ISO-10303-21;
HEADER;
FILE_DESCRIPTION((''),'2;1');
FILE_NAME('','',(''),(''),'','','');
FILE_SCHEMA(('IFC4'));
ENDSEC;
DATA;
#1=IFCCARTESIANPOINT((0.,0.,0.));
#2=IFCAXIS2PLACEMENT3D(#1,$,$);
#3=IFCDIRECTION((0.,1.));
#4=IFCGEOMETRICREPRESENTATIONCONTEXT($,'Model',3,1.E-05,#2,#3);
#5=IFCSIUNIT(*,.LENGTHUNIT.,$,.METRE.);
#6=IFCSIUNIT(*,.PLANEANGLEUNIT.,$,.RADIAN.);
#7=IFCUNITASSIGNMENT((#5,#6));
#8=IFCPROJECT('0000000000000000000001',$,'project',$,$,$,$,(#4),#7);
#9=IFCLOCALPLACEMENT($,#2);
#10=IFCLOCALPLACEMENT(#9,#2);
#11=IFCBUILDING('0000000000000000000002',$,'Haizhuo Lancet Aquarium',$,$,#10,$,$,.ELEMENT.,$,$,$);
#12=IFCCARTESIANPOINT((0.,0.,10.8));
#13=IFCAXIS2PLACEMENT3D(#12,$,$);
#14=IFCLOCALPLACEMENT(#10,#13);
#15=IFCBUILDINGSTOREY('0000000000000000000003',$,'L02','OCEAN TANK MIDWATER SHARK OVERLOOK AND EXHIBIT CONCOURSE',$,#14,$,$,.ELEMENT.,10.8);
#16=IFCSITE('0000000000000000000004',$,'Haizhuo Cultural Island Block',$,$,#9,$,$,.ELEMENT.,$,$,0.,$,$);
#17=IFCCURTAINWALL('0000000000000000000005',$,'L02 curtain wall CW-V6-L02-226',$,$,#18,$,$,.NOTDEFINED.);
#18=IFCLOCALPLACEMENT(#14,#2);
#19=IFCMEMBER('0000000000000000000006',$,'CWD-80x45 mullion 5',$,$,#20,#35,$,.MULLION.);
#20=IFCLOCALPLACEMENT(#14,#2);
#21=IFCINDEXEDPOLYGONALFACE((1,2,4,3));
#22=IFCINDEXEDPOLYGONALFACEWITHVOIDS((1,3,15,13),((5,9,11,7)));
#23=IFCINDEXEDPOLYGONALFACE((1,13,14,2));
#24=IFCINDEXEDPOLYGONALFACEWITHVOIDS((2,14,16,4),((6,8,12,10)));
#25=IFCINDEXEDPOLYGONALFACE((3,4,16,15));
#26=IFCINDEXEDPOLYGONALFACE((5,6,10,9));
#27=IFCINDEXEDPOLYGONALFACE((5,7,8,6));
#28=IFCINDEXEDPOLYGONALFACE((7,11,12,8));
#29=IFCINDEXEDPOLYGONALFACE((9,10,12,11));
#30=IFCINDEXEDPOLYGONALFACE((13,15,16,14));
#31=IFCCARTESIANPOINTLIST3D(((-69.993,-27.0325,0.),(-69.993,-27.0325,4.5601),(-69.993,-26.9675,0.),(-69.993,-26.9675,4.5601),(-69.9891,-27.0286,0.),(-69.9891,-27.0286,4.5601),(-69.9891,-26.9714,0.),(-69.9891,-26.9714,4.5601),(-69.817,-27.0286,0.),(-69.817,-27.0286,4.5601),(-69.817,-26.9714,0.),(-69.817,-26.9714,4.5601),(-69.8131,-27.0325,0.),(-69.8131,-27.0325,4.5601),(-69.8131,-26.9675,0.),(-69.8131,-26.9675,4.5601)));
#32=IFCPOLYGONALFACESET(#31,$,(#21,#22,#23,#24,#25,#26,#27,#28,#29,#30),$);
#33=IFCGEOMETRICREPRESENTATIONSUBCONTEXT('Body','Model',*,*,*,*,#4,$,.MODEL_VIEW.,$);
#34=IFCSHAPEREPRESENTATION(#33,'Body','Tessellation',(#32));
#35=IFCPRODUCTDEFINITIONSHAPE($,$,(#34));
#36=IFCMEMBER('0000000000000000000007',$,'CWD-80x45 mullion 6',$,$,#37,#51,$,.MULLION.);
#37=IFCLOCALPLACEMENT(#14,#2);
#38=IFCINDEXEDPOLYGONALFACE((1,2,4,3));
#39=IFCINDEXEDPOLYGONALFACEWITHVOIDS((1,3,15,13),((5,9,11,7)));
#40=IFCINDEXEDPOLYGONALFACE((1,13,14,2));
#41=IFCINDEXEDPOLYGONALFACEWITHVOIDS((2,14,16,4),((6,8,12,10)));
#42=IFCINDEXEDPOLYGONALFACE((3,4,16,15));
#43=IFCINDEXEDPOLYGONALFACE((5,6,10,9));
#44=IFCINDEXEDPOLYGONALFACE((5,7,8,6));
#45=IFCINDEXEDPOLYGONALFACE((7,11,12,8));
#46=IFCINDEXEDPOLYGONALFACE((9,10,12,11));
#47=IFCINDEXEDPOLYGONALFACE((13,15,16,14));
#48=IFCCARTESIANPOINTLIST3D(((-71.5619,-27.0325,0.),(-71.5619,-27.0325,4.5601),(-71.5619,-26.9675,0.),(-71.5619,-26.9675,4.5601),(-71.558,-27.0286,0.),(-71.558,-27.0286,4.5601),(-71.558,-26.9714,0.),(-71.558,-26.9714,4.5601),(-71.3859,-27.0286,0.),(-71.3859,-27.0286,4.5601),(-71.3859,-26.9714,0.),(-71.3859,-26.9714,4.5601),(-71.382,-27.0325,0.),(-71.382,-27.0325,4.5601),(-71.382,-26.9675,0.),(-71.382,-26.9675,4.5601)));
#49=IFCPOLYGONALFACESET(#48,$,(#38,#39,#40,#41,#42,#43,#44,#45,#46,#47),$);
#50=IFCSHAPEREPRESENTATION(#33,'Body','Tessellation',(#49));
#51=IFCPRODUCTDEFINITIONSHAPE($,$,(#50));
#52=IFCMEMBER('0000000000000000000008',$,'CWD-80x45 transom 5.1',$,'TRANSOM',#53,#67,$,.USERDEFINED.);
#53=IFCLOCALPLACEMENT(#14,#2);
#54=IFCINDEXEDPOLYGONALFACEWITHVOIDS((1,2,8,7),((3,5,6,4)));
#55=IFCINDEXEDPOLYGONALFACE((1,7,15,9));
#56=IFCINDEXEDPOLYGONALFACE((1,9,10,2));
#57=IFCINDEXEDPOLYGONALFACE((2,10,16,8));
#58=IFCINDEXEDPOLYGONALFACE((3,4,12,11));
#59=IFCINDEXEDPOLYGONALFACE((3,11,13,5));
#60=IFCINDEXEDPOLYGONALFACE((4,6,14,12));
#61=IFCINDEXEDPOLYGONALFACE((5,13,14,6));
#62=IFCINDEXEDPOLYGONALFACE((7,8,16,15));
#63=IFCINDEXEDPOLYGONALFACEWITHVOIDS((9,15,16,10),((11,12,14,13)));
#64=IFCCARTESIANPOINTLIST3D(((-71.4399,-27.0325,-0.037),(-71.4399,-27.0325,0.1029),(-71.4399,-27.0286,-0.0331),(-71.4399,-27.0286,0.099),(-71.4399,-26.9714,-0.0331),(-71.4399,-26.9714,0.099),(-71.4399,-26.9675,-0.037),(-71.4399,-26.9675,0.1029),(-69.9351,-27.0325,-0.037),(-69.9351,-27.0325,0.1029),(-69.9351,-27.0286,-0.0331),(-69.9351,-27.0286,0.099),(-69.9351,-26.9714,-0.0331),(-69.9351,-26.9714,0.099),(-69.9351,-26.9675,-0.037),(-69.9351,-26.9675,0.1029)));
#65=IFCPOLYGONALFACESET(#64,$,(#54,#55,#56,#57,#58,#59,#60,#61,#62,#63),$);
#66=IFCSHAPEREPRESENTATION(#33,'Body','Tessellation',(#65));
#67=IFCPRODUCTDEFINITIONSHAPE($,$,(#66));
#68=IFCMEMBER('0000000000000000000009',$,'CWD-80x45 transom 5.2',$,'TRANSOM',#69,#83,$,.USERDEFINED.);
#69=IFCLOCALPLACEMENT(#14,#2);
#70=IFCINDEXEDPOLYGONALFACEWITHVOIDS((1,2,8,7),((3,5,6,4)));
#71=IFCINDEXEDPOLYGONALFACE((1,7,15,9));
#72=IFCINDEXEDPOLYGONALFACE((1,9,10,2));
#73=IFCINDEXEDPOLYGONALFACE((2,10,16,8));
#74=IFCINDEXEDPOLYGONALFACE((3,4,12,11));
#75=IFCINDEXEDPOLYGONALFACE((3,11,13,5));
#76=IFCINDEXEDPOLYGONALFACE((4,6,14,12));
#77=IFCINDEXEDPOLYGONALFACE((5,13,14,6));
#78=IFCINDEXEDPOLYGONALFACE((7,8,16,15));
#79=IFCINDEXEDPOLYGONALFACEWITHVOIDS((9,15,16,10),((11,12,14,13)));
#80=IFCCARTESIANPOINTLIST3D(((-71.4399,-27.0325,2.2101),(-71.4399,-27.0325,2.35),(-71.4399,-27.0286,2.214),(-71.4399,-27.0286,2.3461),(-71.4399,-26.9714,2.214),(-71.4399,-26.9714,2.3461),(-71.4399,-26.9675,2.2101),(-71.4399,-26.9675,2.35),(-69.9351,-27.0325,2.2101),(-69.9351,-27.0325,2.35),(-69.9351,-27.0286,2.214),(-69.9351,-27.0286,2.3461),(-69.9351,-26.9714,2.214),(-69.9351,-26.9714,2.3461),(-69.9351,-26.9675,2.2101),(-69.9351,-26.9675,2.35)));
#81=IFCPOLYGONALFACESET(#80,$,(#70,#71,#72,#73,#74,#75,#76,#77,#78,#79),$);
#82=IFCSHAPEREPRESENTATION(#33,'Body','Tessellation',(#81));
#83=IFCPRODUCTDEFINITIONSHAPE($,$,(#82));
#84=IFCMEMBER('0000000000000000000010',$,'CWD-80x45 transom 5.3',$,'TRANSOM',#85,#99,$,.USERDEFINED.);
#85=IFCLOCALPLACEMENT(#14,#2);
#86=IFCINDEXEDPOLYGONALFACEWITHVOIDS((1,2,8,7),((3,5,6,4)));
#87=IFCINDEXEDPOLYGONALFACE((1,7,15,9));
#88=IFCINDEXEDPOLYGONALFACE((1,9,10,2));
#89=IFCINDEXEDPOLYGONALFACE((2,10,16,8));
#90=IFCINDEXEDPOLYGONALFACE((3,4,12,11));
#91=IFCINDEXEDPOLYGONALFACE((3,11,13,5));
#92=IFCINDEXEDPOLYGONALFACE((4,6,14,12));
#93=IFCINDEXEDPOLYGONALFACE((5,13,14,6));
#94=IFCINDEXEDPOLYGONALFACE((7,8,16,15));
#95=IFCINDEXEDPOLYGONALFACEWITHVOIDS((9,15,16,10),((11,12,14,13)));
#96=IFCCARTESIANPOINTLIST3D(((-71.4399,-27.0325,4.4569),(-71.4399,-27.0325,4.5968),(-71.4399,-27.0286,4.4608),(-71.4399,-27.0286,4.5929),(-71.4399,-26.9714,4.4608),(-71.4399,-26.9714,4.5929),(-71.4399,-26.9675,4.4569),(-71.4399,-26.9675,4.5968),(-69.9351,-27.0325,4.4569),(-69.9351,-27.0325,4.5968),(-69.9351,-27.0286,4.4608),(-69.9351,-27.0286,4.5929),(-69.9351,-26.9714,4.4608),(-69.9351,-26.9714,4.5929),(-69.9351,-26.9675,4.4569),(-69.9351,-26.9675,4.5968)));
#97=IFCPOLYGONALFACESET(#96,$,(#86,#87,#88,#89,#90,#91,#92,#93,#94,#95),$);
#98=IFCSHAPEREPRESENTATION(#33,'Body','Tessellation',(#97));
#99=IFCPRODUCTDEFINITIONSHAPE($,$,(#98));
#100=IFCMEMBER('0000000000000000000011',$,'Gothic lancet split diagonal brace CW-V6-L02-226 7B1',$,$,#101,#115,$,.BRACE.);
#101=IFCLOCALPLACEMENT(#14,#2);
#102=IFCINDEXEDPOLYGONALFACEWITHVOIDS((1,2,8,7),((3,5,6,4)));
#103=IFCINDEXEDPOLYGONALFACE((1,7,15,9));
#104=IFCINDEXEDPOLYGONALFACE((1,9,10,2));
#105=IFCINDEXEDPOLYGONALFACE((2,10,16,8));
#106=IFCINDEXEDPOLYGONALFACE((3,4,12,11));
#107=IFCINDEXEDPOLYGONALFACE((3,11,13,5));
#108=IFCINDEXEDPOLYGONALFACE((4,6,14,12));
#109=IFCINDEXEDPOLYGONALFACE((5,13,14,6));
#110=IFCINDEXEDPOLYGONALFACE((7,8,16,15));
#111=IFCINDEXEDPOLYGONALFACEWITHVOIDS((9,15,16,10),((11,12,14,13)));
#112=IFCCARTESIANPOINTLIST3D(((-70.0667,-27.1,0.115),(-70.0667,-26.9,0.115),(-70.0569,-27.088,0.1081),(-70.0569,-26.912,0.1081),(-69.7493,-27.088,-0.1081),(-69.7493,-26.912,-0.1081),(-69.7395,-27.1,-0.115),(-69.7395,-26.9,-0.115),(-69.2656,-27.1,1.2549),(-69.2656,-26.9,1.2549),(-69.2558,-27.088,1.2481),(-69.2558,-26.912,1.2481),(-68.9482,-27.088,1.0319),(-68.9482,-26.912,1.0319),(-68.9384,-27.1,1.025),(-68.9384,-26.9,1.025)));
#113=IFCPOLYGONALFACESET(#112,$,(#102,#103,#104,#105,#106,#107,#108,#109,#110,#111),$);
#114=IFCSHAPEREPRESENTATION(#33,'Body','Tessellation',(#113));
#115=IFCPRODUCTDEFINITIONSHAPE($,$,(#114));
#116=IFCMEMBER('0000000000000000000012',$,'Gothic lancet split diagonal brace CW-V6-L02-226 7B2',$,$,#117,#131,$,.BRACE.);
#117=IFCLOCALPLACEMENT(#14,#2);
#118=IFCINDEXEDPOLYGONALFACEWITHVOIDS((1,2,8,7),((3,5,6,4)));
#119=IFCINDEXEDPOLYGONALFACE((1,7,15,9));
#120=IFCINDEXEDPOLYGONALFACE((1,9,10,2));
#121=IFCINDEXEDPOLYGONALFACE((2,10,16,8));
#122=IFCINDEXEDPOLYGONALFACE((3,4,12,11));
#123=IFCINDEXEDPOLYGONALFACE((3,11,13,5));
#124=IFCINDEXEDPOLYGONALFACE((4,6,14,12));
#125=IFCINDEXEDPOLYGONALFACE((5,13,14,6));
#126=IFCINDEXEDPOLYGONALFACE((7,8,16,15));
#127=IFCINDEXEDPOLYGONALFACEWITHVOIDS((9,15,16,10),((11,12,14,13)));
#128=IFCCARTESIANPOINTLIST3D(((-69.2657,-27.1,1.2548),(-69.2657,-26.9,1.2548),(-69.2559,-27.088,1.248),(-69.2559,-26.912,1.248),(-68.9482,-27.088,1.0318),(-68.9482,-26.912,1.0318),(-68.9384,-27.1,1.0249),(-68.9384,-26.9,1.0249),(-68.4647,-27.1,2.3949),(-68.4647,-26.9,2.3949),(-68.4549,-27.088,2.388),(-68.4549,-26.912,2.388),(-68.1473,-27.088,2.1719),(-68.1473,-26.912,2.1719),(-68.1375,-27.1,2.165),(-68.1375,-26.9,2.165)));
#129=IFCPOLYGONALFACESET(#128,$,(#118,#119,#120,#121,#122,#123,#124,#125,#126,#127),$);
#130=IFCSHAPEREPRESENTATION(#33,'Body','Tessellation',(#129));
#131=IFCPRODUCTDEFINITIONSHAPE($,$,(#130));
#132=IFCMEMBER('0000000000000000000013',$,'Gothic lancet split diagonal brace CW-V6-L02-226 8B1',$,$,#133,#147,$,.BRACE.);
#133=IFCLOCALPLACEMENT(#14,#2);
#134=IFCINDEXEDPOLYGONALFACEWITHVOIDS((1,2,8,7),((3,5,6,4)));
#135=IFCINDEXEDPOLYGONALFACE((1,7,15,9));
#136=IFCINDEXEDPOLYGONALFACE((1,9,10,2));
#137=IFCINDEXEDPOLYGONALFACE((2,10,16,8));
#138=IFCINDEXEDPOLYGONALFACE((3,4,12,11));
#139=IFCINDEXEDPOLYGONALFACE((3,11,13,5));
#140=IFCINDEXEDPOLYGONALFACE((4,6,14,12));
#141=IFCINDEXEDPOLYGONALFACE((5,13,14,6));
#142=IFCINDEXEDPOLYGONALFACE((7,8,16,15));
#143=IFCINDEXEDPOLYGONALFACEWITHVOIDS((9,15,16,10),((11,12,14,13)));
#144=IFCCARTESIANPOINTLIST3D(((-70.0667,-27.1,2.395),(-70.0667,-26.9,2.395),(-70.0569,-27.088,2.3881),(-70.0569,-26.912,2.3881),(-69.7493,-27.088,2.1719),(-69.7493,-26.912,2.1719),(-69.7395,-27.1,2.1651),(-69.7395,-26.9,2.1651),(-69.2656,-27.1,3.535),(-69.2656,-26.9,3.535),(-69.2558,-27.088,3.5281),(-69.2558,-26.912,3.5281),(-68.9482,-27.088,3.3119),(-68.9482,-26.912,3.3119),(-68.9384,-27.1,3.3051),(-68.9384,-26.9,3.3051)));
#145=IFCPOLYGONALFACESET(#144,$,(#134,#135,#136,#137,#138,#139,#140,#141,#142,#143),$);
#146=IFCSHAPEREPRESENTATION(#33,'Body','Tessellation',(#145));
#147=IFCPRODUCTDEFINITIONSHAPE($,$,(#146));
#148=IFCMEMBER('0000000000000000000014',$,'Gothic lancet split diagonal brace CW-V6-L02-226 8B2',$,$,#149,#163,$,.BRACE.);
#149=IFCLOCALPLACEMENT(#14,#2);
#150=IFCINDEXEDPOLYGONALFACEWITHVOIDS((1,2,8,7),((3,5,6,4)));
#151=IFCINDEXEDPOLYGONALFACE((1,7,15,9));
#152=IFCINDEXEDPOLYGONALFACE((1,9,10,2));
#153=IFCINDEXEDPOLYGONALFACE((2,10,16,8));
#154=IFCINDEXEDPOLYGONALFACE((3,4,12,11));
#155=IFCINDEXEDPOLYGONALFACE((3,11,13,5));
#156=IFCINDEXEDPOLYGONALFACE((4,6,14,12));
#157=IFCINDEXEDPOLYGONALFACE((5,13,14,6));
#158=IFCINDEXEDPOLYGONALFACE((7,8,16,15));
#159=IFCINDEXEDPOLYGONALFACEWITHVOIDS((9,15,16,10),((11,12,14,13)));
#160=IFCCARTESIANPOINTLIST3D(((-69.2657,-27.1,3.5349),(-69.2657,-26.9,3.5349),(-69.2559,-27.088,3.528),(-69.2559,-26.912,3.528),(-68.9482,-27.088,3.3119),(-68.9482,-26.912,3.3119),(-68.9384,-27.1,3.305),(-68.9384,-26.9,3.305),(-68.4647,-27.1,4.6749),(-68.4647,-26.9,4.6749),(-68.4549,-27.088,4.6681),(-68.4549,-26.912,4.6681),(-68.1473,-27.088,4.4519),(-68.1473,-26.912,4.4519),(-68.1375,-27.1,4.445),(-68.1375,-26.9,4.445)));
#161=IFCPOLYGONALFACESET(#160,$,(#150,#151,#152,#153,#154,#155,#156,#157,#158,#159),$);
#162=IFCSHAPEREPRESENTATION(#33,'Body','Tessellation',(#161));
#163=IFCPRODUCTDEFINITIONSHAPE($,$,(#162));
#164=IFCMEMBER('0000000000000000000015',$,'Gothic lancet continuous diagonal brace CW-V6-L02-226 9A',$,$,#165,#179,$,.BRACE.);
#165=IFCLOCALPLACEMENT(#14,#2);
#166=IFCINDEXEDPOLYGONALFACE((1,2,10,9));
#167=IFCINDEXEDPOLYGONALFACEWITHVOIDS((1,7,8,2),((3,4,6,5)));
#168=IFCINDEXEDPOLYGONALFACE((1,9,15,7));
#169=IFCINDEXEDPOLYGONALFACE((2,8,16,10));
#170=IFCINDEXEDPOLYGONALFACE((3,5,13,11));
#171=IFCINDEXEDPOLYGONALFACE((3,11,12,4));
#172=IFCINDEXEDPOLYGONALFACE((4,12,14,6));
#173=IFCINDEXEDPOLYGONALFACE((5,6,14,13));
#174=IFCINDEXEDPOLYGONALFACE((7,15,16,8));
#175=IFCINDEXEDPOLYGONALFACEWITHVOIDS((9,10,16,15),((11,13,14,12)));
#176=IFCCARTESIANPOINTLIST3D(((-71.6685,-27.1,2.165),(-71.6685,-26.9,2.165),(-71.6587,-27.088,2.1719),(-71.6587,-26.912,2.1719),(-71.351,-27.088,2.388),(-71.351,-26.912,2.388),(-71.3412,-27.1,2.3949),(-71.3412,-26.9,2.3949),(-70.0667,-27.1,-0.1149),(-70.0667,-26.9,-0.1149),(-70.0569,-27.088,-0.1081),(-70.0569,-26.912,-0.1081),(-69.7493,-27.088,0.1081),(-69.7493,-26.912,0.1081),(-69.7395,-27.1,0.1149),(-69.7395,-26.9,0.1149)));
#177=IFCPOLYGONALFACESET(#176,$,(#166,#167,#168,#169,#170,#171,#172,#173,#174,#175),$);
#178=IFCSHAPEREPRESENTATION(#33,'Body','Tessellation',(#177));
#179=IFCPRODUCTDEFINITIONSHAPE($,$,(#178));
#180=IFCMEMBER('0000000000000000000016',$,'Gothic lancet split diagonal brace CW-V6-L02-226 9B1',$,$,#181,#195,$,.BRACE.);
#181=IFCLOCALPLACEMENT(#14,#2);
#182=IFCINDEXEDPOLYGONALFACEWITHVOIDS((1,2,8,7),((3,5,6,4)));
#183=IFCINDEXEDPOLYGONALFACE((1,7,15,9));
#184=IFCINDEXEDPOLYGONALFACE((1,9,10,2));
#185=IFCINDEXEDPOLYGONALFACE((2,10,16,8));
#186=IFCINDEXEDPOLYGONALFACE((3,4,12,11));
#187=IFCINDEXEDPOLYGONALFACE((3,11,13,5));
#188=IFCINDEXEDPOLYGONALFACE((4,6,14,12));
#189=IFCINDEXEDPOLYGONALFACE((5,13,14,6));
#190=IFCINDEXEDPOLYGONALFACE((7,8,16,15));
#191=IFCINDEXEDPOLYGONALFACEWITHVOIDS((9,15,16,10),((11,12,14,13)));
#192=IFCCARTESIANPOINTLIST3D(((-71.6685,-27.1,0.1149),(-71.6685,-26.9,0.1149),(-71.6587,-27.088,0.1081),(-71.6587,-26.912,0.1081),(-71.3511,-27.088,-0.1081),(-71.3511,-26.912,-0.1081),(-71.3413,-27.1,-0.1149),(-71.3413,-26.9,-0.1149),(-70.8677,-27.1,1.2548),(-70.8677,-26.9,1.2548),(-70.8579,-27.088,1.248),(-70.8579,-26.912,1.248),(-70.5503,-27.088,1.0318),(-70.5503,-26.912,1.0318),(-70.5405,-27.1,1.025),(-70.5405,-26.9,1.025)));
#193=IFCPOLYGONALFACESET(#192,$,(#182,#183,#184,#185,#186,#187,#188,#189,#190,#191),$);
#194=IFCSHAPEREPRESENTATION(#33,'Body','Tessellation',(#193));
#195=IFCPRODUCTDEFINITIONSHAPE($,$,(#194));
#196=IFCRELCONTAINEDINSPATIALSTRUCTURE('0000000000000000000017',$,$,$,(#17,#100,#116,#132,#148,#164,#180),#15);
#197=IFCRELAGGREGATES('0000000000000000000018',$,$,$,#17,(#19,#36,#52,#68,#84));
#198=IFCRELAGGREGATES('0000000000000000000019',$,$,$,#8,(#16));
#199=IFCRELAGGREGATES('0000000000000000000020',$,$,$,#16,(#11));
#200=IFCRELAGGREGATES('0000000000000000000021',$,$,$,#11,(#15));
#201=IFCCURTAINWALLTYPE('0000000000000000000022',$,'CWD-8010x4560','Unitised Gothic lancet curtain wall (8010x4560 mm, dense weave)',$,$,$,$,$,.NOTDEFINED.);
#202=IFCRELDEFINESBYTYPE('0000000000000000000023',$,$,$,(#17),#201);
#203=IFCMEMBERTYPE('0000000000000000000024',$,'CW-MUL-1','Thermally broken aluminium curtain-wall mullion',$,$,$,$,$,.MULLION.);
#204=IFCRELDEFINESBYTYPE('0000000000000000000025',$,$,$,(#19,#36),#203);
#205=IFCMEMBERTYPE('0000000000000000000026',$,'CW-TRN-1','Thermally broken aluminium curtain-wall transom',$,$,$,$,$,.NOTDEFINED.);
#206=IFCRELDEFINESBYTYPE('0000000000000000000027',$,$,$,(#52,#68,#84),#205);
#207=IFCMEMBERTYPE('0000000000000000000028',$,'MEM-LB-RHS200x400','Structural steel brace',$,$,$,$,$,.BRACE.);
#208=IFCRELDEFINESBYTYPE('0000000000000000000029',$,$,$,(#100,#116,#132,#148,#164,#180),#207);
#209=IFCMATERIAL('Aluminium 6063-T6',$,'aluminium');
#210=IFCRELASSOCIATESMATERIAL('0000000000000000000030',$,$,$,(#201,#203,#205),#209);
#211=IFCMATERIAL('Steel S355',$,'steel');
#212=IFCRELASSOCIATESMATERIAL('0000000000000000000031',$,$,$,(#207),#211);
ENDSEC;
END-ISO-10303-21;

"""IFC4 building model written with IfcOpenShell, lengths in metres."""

from ifc_helpers import new_model, si_unit, direction, frame, origin, origin_2d, place, context, subcontext, project, spatial, hollow_rectangle, extrude, material, material_profile, profile_set, type_object, element, aggregate, save


model = new_model("IFC4")

# Units and contexts
model_context = context("Model", 3, precision=1e-05, world=origin(), true_north=direction((0.0, 1.0)))
body_context = subcontext(model_context, "Body", "Model", "MODEL_VIEW")
ifc_project = project(units=[si_unit("LENGTHUNIT", "METRE"), si_unit("PLANEANGLEUNIT", "RADIAN")], contexts=[model_context])

# Site, building, storey
site_placement = place(None, origin())
site = spatial("IfcSite", under=ifc_project, at=site_placement, Name="Haizhuo Cultural Island Block", CompositionType="ELEMENT", RefElevation=0.0)
building_placement = place(site_placement, origin())
building = spatial("IfcBuilding", under=site, at=building_placement, Name="Haizhuo Lancet Aquarium", CompositionType="ELEMENT")
storey_placement = place(building_placement, frame((0.0, 0.0, 10.8)))
storey = spatial("IfcBuildingStorey", under=building, at=storey_placement, Name="L02", Description="OCEAN TANK MIDWATER SHARK OVERLOOK AND EXHIBIT CONCOURSE", CompositionType="ELEMENT", Elevation=10.8)

# Curtain wall, members
ifc_material_1 = material(Name="Aluminium 6063-T6", Category="aluminium")
curtain_wall_type = type_object("IfcCurtainWallType", Name="CWD-8010x4560", Description="Unitised Gothic lancet curtain wall (8010x4560 mm, dense weave)", PredefinedType="NOTDEFINED", material=ifc_material_1)
curtain_wall_placement = place(storey_placement, origin())
curtain_wall = element("IfcCurtainWall", 1, at=curtain_wall_placement, inside=storey, type_object=curtain_wall_type, Name="L02 curtain wall CW-V6-L02-226", PredefinedType="NOTDEFINED")
ifc_material_profile_1 = material_profile(ifc_material_1, hollow_rectangle(XDim=0.0649, YDim=0.1799, WallThickness=0.0039, at=origin_2d()), Name="ALU-M 65x180x4")
ifc_profile_set_1 = profile_set([ifc_material_profile_1], Name="Aluminium 6063-T6")
member_type_1 = type_object("IfcMemberType", Name="CW-MUL-1", Description="Thermally broken aluminium curtain-wall mullion", PredefinedType="MULLION", material=ifc_profile_set_1)
member_1_placement = place(storey_placement, frame((-69.9031, -27.0, 0.0), z_axis=(0.0, 0.0, 1.0), x_axis=(0.0, -1.0, 0.0)))
member_1 = element("IfcMember", 2, at=member_1_placement, type_object=member_type_1, Name="CWD-80x45 mullion 5", PredefinedType="MULLION", context=body_context, shape_type="SweptSolid", body=[
    extrude(hollow_rectangle(XDim=0.0649, YDim=0.1799, WallThickness=0.0039, at=origin_2d()), origin(), (0.0, 0.0, 1.0), 4.5601),
])
member_2_placement = place(storey_placement, frame((-71.4719, -27.0, 0.0), z_axis=(0.0, 0.0, 1.0), x_axis=(0.0, -1.0, 0.0)))
member_2 = element("IfcMember", 3, at=member_2_placement, type_object=member_type_1, Name="CWD-80x45 mullion 6", PredefinedType="MULLION", context=body_context, shape_type="SweptSolid", body=[
    extrude(hollow_rectangle(XDim=0.0649, YDim=0.1799, WallThickness=0.0039, at=origin_2d()), origin(), (0.0, 0.0, 1.0), 4.5601),
])
ifc_material_profile_2 = material_profile(ifc_material_1, hollow_rectangle(XDim=0.0649, YDim=0.1399, WallThickness=0.0039, at=origin_2d()), Name="ALU-T 65x140x4")
ifc_profile_set_2 = profile_set([ifc_material_profile_2], Name="Aluminium 6063-T6")
member_type_2 = type_object("IfcMemberType", Name="CW-TRN-1", Description="Thermally broken aluminium curtain-wall transom", PredefinedType="NOTDEFINED", material=ifc_profile_set_2)
member_3_placement = place(storey_placement, frame((-69.9351, -27.0, 0.033), z_axis=(-1.0, 0.0, 0.0), x_axis=(0.0, -1.0, 0.0)))
member_3 = element("IfcMember", 4, at=member_3_placement, type_object=member_type_2, Name="CWD-80x45 transom 5.1", ObjectType="TRANSOM", PredefinedType="USERDEFINED", context=body_context, shape_type="SweptSolid", body=[
    extrude(hollow_rectangle(XDim=0.0649, YDim=0.1399, WallThickness=0.0039, at=origin_2d()), origin(), (0.0, 0.0, 1.0), 1.5049),
])
member_4_placement = place(storey_placement, frame((-69.9351, -27.0, 2.28), z_axis=(-1.0, 0.0, 0.0), x_axis=(0.0, -1.0, 0.0)))
member_4 = element("IfcMember", 5, at=member_4_placement, type_object=member_type_2, Name="CWD-80x45 transom 5.2", ObjectType="TRANSOM", PredefinedType="USERDEFINED", context=body_context, shape_type="SweptSolid", body=[
    extrude(hollow_rectangle(XDim=0.0649, YDim=0.1399, WallThickness=0.0039, at=origin_2d()), origin(), (0.0, 0.0, 1.0), 1.5049),
])
member_5_placement = place(storey_placement, frame((-69.9351, -27.0, 4.5269), z_axis=(-1.0, 0.0, 0.0), x_axis=(0.0, -1.0, 0.0)))
member_5 = element("IfcMember", 6, at=member_5_placement, type_object=member_type_2, Name="CWD-80x45 transom 5.3", ObjectType="TRANSOM", PredefinedType="USERDEFINED", context=body_context, shape_type="SweptSolid", body=[
    extrude(hollow_rectangle(XDim=0.0649, YDim=0.1399, WallThickness=0.0039, at=origin_2d()), origin(), (0.0, 0.0, 1.0), 1.5049),
])

# Members
ifc_material_2 = material(Name="Steel S355", Category="steel")
ifc_material_profile_3 = material_profile(ifc_material_2, hollow_rectangle(XDim=0.2, YDim=0.3999, WallThickness=0.012, at=origin_2d()), Name="RHS 200x400x12")
ifc_profile_set_3 = profile_set([ifc_material_profile_3], Name="Steel S355")
member_type_3 = type_object("IfcMemberType", Name="MEM-LB-RHS200x400", Description="Structural steel brace", PredefinedType="BRACE", material=ifc_profile_set_3)
for number, where, z_axis, x_axis, name in (
    (7, (-69.9031, -27.0, 0.0), (0.574955, 0.0, 0.818185), (0.0, 1.0, 0.0), "Gothic lancet split diagonal brace CW-V6-L02-226 7B1"),
    (8, (-69.1021, -27.0, 1.1399), (0.574873, 0.0, 0.818243), (0.0, 1.0, 0.0), "Gothic lancet split diagonal brace CW-V6-L02-226 7B2"),
    (9, (-69.9031, -27.0, 2.28), (0.574955, 0.0, 0.818185), (0.0, 1.0, 0.0), "Gothic lancet split diagonal brace CW-V6-L02-226 8B1"),
    (10, (-69.1021, -27.0, 3.4199), (0.574873, 0.0, 0.818243), (0.0, 1.0, 0.0), "Gothic lancet split diagonal brace CW-V6-L02-226 8B2"),
):
    element("IfcMember", number, at=place(storey_placement, frame(where, z_axis=z_axis, x_axis=x_axis)), inside=storey, type_object=member_type_3, Name=name, PredefinedType="BRACE", context=body_context, shape_type="SweptSolid", body=[
        extrude(hollow_rectangle(XDim=0.2, YDim=0.3999, WallThickness=0.012, at=origin_2d()), origin(), (0.0, 0.0, 1.0), 1.3933),
    ])
member_6_placement = place(storey_placement, frame((-69.9031, -27.0, 0.0), z_axis=(-0.574855, 0.0, 0.818255), x_axis=(0.0, -1.0, 0.0)))
element("IfcMember", 11, at=member_6_placement, inside=storey, type_object=member_type_3, Name="Gothic lancet continuous diagonal brace CW-V6-L02-226 9A", PredefinedType="BRACE", context=body_context, shape_type="SweptSolid", body=[
    extrude(hollow_rectangle(XDim=0.2, YDim=0.3999, WallThickness=0.012, at=origin_2d()), origin(), (0.0, 0.0, 1.0), 2.7864),
])
member_7_placement = place(storey_placement, frame((-71.5049, -27.0, 0.0), z_axis=(0.574838, 0.0, 0.818267), x_axis=(0.0, 1.0, 0.0)))
element("IfcMember", 12, at=member_7_placement, inside=storey, type_object=member_type_3, Name="Gothic lancet split diagonal brace CW-V6-L02-226 9B1", PredefinedType="BRACE", context=body_context, shape_type="SweptSolid", body=[
    extrude(hollow_rectangle(XDim=0.2, YDim=0.3999, WallThickness=0.012, at=origin_2d()), origin(), (0.0, 0.0, 1.0), 1.3931),
])

aggregate(curtain_wall, [member_1, member_2, member_3, member_4, member_5])

save(model, "model.ifc")
